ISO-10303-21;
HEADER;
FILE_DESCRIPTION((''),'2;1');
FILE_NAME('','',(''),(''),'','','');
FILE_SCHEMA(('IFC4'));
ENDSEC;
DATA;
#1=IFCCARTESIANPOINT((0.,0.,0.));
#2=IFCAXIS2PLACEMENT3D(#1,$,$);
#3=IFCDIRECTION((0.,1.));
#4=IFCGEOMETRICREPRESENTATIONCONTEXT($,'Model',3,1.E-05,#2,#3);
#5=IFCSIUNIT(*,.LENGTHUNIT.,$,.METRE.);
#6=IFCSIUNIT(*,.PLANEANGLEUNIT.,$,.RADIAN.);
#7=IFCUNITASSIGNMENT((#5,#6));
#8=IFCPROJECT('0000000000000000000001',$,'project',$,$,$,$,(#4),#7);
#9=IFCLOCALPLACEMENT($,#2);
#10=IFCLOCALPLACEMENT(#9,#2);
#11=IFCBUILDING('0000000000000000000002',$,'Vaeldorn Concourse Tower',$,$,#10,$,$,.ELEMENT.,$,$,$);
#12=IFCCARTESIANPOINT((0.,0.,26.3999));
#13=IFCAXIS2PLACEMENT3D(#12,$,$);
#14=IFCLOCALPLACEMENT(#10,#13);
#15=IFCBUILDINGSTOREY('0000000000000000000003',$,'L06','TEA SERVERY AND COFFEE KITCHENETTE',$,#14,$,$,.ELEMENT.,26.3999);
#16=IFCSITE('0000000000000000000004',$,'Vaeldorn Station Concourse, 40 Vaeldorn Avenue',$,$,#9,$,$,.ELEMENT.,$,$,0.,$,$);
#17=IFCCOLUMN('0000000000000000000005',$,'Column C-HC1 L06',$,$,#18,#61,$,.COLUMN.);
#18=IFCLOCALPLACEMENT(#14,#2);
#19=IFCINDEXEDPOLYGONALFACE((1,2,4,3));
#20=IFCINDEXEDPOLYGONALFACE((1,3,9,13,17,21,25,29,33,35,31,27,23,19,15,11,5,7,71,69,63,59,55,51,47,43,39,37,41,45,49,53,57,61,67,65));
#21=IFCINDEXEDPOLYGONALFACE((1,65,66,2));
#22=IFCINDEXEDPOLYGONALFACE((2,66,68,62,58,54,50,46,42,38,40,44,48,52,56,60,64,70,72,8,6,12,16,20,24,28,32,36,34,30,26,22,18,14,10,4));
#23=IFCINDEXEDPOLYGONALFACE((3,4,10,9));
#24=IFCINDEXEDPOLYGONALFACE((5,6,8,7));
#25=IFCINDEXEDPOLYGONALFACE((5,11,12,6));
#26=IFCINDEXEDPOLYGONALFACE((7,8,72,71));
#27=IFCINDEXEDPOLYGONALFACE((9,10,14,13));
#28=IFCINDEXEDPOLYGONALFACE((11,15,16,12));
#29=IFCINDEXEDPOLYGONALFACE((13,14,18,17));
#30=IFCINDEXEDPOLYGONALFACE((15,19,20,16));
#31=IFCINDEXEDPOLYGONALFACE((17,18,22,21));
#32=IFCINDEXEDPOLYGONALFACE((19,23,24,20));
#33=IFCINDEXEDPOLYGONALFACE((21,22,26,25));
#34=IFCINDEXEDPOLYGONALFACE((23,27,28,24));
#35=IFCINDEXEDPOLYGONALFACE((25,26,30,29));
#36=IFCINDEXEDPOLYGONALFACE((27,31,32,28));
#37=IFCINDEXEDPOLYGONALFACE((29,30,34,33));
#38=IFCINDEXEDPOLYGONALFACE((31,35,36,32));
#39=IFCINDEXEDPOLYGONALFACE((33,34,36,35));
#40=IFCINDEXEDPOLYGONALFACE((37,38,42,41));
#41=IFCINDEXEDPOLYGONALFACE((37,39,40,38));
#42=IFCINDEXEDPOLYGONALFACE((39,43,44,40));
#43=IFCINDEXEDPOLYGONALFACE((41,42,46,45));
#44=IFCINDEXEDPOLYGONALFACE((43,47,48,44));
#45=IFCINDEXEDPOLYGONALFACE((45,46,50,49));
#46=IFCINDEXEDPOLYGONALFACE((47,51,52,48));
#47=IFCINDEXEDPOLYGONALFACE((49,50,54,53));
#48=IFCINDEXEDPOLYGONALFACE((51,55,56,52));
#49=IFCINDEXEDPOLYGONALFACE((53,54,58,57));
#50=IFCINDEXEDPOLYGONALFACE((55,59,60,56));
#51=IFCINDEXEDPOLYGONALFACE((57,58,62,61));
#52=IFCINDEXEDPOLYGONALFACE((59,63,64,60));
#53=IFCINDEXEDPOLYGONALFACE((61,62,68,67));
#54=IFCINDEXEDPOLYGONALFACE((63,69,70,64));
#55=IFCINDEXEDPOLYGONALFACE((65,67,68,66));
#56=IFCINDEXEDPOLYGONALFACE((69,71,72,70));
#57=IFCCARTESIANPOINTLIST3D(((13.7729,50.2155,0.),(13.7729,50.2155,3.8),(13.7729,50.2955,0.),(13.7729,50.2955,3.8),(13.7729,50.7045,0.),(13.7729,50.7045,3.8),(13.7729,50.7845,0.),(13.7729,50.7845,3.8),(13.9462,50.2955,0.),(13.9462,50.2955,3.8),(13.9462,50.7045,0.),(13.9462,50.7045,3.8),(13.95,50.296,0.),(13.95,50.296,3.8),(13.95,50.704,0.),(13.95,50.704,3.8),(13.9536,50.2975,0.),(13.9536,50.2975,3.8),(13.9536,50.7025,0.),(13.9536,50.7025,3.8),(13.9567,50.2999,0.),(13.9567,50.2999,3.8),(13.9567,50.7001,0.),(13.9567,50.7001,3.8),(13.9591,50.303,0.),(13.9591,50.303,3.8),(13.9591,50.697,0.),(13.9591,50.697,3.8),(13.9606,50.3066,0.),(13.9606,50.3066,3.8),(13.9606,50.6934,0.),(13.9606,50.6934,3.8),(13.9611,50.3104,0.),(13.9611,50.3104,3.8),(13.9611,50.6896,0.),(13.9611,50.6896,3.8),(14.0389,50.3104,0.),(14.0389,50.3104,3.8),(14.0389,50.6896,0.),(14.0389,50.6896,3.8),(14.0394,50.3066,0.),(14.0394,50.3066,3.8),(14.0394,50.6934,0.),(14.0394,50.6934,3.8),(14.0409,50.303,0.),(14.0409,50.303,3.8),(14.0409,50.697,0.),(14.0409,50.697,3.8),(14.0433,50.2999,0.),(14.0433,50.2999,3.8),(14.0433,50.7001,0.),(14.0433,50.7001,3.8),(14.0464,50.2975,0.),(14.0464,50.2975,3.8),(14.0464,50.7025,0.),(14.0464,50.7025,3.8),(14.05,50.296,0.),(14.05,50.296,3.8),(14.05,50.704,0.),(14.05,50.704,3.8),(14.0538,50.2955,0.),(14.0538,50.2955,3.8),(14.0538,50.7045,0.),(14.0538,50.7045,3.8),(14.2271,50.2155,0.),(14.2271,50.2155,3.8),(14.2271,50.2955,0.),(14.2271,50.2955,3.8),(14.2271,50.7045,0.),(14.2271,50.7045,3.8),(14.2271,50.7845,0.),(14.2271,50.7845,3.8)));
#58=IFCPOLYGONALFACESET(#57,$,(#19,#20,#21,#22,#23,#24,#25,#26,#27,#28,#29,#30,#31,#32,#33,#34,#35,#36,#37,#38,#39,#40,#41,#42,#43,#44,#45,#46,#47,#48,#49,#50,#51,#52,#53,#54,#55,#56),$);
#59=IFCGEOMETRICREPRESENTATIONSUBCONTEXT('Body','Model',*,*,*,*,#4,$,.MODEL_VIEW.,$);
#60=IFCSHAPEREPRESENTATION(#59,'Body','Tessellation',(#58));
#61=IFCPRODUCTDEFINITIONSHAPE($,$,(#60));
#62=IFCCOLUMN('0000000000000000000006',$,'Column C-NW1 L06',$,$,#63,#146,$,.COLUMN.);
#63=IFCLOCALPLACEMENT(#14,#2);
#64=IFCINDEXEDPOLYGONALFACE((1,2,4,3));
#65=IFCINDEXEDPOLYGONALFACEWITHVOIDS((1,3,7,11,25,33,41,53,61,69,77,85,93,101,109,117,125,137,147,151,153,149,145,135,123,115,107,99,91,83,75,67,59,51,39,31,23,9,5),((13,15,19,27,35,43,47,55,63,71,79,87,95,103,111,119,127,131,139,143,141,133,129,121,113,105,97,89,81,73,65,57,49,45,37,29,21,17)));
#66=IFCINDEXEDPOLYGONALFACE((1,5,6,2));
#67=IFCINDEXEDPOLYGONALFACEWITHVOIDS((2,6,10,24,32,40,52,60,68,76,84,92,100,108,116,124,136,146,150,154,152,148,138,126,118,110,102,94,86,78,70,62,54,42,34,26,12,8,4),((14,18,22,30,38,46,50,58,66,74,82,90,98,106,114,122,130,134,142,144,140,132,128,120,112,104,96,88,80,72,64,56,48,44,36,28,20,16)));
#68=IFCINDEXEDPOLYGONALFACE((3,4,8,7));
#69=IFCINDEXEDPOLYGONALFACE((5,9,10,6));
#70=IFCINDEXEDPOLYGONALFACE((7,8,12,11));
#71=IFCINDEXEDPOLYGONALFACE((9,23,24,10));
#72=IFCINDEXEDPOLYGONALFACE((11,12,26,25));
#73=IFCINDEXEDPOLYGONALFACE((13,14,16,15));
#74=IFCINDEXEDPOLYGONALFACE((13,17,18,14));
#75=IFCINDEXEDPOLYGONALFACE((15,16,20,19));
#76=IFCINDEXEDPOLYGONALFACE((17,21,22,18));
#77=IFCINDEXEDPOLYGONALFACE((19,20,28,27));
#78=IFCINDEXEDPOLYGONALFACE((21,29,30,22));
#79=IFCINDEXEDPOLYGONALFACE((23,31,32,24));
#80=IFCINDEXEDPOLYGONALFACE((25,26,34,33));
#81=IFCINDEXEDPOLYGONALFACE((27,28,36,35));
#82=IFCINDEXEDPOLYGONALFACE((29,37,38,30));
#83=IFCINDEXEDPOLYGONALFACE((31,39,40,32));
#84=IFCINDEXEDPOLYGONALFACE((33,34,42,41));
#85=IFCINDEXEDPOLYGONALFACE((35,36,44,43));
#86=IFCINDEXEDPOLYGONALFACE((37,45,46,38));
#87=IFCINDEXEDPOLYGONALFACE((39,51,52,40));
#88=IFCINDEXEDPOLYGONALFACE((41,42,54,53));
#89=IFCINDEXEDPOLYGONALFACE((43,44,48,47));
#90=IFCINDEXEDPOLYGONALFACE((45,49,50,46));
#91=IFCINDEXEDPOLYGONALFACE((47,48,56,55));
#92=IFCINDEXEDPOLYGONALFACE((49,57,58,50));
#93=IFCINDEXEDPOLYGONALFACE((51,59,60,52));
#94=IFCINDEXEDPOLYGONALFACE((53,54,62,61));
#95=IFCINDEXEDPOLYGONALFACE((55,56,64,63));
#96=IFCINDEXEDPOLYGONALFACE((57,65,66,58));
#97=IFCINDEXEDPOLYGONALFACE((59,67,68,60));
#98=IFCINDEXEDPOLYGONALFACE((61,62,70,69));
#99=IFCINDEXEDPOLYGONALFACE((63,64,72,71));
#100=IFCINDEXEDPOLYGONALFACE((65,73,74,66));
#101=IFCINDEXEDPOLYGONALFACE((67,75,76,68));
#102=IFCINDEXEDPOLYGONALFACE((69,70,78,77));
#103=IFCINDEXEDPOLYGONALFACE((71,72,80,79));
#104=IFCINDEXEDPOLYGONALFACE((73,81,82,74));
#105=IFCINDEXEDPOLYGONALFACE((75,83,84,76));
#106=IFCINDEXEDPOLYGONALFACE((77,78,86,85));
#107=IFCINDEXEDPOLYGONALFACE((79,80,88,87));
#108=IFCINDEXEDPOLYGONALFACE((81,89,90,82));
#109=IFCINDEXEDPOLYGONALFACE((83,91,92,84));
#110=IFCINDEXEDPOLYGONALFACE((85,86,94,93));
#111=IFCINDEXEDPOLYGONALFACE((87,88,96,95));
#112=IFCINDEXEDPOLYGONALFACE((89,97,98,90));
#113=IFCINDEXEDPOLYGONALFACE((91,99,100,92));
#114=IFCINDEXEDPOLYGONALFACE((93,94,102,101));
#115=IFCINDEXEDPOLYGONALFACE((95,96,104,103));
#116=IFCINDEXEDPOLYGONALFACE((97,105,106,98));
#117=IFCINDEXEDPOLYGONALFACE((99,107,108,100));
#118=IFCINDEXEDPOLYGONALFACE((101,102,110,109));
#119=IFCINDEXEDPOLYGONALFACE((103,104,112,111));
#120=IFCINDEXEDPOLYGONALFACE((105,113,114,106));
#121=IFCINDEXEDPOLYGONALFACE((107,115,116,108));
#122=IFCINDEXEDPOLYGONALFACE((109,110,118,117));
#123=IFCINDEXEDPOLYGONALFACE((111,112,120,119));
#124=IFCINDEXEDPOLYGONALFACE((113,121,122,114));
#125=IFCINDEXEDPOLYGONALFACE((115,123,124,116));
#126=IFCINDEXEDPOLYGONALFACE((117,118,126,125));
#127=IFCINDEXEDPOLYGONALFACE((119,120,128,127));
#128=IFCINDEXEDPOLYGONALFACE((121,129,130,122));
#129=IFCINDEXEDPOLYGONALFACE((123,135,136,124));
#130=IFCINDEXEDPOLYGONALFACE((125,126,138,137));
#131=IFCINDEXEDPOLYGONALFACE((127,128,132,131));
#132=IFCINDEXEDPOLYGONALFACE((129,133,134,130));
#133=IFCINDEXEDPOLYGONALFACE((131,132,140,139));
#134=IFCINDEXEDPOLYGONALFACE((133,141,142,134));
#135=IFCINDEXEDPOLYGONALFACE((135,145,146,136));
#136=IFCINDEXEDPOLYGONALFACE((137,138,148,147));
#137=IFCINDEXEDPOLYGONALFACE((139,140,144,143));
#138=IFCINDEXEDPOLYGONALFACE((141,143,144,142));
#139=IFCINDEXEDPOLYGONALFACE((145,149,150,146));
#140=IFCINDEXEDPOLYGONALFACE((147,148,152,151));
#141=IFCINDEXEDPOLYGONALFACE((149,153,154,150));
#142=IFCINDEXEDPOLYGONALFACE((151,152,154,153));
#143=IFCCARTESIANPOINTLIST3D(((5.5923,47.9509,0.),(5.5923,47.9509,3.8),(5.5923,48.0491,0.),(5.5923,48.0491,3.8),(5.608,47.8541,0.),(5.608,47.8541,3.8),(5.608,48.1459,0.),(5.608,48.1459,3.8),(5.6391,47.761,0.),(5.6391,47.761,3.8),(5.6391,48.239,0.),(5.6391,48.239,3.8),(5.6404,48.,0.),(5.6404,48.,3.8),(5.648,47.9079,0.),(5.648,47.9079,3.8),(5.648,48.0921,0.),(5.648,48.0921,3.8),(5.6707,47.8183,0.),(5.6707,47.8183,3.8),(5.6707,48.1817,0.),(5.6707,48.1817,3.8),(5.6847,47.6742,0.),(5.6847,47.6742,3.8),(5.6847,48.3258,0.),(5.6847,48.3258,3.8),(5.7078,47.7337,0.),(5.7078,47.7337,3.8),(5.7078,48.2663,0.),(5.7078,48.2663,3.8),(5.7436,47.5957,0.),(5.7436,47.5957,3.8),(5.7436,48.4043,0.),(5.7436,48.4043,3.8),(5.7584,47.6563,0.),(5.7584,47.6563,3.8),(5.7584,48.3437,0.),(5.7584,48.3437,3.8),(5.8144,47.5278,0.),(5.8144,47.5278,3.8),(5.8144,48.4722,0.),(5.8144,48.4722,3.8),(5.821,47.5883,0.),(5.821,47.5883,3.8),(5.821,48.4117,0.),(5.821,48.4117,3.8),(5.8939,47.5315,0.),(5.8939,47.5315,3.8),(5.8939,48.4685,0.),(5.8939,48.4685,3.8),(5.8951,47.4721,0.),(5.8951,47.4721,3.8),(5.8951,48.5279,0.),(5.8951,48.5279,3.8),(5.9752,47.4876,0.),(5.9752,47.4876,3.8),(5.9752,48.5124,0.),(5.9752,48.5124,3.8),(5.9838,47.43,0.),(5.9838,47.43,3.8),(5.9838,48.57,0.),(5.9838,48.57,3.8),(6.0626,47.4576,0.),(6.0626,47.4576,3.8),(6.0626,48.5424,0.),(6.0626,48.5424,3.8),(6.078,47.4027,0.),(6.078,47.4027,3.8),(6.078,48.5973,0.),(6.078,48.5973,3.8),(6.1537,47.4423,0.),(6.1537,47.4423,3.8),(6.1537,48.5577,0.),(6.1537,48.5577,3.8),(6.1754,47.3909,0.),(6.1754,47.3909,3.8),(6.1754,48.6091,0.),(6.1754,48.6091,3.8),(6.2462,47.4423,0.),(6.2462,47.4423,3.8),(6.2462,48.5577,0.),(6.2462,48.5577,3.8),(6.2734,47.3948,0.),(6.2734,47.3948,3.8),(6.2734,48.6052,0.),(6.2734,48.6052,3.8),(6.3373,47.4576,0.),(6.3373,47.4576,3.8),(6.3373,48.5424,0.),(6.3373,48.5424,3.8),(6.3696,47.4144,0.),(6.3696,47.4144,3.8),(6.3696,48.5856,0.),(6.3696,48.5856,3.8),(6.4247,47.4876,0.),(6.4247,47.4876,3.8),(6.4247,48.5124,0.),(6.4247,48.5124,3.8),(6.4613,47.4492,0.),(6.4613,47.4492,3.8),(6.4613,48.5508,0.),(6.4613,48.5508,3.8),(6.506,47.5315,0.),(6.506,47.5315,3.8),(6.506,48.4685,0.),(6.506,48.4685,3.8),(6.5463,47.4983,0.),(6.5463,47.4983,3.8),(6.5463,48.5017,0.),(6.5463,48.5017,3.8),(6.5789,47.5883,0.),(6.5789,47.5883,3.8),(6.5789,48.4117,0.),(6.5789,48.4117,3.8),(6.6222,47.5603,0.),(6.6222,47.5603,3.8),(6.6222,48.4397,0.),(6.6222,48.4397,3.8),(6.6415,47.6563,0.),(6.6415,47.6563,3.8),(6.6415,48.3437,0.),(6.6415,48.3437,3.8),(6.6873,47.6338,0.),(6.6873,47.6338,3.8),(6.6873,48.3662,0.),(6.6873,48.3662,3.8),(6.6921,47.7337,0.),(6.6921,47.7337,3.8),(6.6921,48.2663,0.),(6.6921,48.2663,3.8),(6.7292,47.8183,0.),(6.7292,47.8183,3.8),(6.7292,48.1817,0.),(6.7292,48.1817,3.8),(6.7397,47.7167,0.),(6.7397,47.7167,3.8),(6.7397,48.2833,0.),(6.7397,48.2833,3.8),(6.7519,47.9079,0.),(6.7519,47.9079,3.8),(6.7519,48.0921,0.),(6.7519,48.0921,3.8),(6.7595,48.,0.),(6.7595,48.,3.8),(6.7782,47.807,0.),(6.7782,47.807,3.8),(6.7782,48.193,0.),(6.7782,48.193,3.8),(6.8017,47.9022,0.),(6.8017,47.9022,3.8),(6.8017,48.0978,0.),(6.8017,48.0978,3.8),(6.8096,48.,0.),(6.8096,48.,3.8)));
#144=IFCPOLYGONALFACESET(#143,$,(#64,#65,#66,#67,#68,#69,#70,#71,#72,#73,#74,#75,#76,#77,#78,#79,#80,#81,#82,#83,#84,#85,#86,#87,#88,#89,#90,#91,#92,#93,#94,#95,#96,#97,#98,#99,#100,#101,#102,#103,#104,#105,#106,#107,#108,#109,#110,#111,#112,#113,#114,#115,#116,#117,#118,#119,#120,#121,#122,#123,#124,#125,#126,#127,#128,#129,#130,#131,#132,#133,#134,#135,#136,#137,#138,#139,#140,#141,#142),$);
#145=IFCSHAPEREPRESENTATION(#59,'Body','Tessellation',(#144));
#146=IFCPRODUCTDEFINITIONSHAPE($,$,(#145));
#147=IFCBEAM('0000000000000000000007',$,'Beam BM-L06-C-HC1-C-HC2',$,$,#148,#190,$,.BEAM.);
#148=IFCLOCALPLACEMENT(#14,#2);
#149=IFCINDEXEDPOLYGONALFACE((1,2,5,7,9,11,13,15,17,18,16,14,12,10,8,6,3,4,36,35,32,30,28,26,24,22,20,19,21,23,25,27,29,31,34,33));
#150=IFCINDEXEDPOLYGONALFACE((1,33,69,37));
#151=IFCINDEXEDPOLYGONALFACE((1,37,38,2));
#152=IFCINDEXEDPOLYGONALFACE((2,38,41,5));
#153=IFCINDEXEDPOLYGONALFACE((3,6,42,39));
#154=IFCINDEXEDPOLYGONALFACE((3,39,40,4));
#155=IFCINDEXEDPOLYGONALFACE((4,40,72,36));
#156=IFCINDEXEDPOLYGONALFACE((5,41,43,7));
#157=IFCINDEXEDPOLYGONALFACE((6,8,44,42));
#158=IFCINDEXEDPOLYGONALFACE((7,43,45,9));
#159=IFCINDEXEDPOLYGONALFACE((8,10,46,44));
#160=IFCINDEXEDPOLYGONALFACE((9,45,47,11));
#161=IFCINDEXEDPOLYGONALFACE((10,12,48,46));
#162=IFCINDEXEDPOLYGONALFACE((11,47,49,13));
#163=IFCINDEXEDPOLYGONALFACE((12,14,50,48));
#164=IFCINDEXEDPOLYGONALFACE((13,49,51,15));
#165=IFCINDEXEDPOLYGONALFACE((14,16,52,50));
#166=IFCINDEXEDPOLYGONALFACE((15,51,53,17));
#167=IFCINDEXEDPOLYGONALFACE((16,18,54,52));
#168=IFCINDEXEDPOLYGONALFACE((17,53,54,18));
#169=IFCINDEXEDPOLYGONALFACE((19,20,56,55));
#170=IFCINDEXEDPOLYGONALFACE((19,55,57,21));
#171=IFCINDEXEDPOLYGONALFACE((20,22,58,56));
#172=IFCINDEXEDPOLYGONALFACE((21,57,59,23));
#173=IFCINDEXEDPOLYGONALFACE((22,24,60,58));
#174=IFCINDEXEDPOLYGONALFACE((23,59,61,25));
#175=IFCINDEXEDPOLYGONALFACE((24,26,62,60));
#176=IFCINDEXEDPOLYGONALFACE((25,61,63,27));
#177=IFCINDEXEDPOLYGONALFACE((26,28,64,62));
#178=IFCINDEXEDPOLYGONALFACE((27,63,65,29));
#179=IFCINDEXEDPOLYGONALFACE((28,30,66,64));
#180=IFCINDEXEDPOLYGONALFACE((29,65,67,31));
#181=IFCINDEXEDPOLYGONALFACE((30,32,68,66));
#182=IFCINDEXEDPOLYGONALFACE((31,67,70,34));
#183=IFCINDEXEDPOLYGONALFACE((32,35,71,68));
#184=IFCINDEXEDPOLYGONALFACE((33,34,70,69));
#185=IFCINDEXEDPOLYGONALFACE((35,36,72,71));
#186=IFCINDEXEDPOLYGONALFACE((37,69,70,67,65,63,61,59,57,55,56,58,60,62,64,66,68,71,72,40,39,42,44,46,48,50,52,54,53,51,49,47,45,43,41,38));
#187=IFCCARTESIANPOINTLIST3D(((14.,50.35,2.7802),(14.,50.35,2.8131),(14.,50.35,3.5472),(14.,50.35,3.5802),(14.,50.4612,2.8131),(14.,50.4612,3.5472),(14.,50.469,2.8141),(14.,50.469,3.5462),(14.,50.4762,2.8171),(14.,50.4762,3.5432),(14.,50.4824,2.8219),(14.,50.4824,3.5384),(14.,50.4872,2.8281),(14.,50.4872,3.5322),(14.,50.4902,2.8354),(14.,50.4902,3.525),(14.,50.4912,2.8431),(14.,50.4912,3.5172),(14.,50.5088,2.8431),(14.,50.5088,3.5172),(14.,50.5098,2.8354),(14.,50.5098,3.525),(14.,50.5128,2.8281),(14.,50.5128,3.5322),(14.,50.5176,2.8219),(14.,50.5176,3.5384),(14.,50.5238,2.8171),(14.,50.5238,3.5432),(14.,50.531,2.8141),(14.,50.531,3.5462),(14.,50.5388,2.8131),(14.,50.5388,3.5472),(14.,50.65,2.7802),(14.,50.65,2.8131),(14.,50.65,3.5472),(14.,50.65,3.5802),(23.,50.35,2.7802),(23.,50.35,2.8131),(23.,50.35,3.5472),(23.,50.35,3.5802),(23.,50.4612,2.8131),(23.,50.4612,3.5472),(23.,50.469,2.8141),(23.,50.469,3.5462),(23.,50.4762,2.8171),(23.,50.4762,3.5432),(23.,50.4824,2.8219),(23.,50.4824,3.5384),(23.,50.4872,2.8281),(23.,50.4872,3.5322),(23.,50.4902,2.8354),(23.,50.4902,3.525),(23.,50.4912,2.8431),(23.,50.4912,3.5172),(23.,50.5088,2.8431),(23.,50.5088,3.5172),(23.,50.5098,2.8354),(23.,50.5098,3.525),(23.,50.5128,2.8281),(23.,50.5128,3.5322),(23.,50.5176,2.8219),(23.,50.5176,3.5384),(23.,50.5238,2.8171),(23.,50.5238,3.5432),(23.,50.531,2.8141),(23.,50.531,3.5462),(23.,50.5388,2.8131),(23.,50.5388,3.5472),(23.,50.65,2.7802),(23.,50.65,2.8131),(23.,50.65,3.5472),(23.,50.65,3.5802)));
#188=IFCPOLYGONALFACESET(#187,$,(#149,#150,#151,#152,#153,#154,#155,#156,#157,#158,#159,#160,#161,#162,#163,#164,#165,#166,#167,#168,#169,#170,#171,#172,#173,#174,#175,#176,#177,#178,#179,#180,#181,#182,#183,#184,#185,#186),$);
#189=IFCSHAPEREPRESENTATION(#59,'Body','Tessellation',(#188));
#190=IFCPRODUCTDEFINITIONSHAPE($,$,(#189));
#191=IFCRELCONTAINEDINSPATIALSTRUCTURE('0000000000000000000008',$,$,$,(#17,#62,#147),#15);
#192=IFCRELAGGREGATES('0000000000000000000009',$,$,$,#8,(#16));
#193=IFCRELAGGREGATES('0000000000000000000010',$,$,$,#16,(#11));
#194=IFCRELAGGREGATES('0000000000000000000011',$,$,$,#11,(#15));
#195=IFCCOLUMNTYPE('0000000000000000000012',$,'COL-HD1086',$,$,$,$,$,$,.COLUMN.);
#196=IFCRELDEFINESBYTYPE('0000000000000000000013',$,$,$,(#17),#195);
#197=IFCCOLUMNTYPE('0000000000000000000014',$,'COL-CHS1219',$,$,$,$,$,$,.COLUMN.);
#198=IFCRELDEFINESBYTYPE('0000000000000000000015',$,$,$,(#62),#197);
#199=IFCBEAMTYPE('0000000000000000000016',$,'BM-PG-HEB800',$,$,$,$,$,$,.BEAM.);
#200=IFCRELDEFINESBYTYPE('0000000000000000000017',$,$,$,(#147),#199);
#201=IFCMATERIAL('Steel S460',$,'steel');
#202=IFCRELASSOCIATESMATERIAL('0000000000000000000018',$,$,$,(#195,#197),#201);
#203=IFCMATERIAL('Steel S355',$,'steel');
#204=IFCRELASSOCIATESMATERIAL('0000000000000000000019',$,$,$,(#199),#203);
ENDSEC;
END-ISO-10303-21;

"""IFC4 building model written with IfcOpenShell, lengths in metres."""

from ifc_helpers import new_model, si_unit, direction, frame, origin, origin_2d, place, context, subcontext, project, spatial, hollow_circle, i_section, extrude, source, transform, mapped, material, material_profile, profile_set, type_object, element, save


model = new_model("IFC4")

# Units and contexts
model_context = context("Model", 3, precision=1e-05, world=origin(), true_north=direction((0.0, 1.0)))
body_context = subcontext(model_context, "Body", "Model", "MODEL_VIEW")
ifc_project = project(units=[si_unit("LENGTHUNIT", "METRE"), si_unit("PLANEANGLEUNIT", "RADIAN")], contexts=[model_context])

# Site, building, storey
site_placement = place(None, origin())
site = spatial("IfcSite", under=ifc_project, at=site_placement, Name="Vaeldorn Station Concourse, 40 Vaeldorn Avenue", CompositionType="ELEMENT", RefElevation=0.0)
building_placement = place(site_placement, origin())
building = spatial("IfcBuilding", under=site, at=building_placement, Name="Vaeldorn Concourse Tower", CompositionType="ELEMENT")
storey_placement = place(building_placement, frame((0.0, 0.0, 26.3999)))
storey = spatial("IfcBuildingStorey", under=building, at=storey_placement, Name="L06", Description="TEA SERVERY AND COFFEE KITCHENETTE", CompositionType="ELEMENT", Elevation=26.3999)

# Columns
ifc_material_1 = material(Name="Steel S460", Category="steel")
ifc_material_profile_1 = material_profile(ifc_material_1, i_section(OverallWidth=0.4541, OverallDepth=0.5691, WebThickness=0.0779, FlangeThickness=0.0801, FilletRadius=0.0149, at=origin_2d()), Name="HD 400x1086")
ifc_profile_set_1 = profile_set([ifc_material_profile_1], Name="Steel S460")
column_type_1 = type_object("IfcColumnType", Name="COL-HD1086", PredefinedType="COLUMN", material=ifc_profile_set_1)
shared_shape_1 = source(origin(), body_context, "Body", "SweptSolid", [
    extrude(i_section(OverallWidth=0.4541, OverallDepth=0.5691, WebThickness=0.0779, FlangeThickness=0.0801, FilletRadius=0.0149, at=origin_2d()), origin(), (0.0, 0.0, 1.0), 3.8),
])
column_1_placement = place(storey_placement, frame((14.0, 50.5, 0.0), z_axis=(0.0, 0.0, 1.0), x_axis=(1.0, 0.0, 0.0)))
element("IfcColumn", 1, at=column_1_placement, inside=storey, type_object=column_type_1, Name="Column C-HC1 L06", PredefinedType="COLUMN", context=body_context, shape_type="MappedRepresentation", body=[
    mapped(shared_shape_1, transform((0.0, 0.0, 0.0), scale=1.0)),
])
ifc_material_profile_2 = material_profile(ifc_material_1, hollow_circle(Radius=0.6096, WallThickness=0.05, at=origin_2d()), Name="CHS 1219x50")
ifc_profile_set_2 = profile_set([ifc_material_profile_2], Name="Steel S460")
column_type_2 = type_object("IfcColumnType", Name="COL-CHS1219", PredefinedType="COLUMN", material=ifc_profile_set_2)
shared_shape_2 = source(origin(), body_context, "Body", "SweptSolid", [
    extrude(hollow_circle(Radius=0.6096, WallThickness=0.05, at=origin_2d()), origin(), (0.0, 0.0, 1.0), 3.8),
])
column_2_placement = place(storey_placement, frame((6.2, 48.0, 0.0), z_axis=(0.0, 0.0, 1.0), x_axis=(1.0, 0.0, 0.0)))
element("IfcColumn", 2, at=column_2_placement, inside=storey, type_object=column_type_2, Name="Column C-NW1 L06", PredefinedType="COLUMN", context=body_context, shape_type="MappedRepresentation", body=[
    mapped(shared_shape_2, transform((0.0, 0.0, 0.0), scale=1.0)),
])

# Beam
ifc_material_2 = material(Name="Steel S355", Category="steel")
ifc_material_profile_3 = material_profile(ifc_material_2, i_section(OverallWidth=0.3, OverallDepth=0.8, WebThickness=0.0176, FlangeThickness=0.033, FilletRadius=0.03, at=origin_2d()), Name="HEB 800")
ifc_profile_set_3 = profile_set([ifc_material_profile_3], Name="Steel S355")
beam_type_1 = type_object("IfcBeamType", Name="BM-PG-HEB800", PredefinedType="BEAM", material=ifc_profile_set_3)
shared_shape_3 = source(origin(), body_context, "Body", "SweptSolid", [
    extrude(i_section(OverallWidth=0.3, OverallDepth=0.8, WebThickness=0.0176, FlangeThickness=0.033, FilletRadius=0.03, at=origin_2d()), origin(), (0.0, 0.0, 1.0), 9.0),
])
beam_1_placement = place(storey_placement, frame((14.0, 50.5, 3.1802), z_axis=(1.0, 0.0, 0.0), x_axis=(0.0, 1.0, 0.0)))
element("IfcBeam", 3, at=beam_1_placement, inside=storey, type_object=beam_type_1, Name="Beam BM-L06-C-HC1-C-HC2", PredefinedType="BEAM", context=body_context, shape_type="MappedRepresentation", body=[
    mapped(shared_shape_3, transform((0.0, 0.0, 0.0), scale=1.0)),
])

save(model, "model.ifc")
